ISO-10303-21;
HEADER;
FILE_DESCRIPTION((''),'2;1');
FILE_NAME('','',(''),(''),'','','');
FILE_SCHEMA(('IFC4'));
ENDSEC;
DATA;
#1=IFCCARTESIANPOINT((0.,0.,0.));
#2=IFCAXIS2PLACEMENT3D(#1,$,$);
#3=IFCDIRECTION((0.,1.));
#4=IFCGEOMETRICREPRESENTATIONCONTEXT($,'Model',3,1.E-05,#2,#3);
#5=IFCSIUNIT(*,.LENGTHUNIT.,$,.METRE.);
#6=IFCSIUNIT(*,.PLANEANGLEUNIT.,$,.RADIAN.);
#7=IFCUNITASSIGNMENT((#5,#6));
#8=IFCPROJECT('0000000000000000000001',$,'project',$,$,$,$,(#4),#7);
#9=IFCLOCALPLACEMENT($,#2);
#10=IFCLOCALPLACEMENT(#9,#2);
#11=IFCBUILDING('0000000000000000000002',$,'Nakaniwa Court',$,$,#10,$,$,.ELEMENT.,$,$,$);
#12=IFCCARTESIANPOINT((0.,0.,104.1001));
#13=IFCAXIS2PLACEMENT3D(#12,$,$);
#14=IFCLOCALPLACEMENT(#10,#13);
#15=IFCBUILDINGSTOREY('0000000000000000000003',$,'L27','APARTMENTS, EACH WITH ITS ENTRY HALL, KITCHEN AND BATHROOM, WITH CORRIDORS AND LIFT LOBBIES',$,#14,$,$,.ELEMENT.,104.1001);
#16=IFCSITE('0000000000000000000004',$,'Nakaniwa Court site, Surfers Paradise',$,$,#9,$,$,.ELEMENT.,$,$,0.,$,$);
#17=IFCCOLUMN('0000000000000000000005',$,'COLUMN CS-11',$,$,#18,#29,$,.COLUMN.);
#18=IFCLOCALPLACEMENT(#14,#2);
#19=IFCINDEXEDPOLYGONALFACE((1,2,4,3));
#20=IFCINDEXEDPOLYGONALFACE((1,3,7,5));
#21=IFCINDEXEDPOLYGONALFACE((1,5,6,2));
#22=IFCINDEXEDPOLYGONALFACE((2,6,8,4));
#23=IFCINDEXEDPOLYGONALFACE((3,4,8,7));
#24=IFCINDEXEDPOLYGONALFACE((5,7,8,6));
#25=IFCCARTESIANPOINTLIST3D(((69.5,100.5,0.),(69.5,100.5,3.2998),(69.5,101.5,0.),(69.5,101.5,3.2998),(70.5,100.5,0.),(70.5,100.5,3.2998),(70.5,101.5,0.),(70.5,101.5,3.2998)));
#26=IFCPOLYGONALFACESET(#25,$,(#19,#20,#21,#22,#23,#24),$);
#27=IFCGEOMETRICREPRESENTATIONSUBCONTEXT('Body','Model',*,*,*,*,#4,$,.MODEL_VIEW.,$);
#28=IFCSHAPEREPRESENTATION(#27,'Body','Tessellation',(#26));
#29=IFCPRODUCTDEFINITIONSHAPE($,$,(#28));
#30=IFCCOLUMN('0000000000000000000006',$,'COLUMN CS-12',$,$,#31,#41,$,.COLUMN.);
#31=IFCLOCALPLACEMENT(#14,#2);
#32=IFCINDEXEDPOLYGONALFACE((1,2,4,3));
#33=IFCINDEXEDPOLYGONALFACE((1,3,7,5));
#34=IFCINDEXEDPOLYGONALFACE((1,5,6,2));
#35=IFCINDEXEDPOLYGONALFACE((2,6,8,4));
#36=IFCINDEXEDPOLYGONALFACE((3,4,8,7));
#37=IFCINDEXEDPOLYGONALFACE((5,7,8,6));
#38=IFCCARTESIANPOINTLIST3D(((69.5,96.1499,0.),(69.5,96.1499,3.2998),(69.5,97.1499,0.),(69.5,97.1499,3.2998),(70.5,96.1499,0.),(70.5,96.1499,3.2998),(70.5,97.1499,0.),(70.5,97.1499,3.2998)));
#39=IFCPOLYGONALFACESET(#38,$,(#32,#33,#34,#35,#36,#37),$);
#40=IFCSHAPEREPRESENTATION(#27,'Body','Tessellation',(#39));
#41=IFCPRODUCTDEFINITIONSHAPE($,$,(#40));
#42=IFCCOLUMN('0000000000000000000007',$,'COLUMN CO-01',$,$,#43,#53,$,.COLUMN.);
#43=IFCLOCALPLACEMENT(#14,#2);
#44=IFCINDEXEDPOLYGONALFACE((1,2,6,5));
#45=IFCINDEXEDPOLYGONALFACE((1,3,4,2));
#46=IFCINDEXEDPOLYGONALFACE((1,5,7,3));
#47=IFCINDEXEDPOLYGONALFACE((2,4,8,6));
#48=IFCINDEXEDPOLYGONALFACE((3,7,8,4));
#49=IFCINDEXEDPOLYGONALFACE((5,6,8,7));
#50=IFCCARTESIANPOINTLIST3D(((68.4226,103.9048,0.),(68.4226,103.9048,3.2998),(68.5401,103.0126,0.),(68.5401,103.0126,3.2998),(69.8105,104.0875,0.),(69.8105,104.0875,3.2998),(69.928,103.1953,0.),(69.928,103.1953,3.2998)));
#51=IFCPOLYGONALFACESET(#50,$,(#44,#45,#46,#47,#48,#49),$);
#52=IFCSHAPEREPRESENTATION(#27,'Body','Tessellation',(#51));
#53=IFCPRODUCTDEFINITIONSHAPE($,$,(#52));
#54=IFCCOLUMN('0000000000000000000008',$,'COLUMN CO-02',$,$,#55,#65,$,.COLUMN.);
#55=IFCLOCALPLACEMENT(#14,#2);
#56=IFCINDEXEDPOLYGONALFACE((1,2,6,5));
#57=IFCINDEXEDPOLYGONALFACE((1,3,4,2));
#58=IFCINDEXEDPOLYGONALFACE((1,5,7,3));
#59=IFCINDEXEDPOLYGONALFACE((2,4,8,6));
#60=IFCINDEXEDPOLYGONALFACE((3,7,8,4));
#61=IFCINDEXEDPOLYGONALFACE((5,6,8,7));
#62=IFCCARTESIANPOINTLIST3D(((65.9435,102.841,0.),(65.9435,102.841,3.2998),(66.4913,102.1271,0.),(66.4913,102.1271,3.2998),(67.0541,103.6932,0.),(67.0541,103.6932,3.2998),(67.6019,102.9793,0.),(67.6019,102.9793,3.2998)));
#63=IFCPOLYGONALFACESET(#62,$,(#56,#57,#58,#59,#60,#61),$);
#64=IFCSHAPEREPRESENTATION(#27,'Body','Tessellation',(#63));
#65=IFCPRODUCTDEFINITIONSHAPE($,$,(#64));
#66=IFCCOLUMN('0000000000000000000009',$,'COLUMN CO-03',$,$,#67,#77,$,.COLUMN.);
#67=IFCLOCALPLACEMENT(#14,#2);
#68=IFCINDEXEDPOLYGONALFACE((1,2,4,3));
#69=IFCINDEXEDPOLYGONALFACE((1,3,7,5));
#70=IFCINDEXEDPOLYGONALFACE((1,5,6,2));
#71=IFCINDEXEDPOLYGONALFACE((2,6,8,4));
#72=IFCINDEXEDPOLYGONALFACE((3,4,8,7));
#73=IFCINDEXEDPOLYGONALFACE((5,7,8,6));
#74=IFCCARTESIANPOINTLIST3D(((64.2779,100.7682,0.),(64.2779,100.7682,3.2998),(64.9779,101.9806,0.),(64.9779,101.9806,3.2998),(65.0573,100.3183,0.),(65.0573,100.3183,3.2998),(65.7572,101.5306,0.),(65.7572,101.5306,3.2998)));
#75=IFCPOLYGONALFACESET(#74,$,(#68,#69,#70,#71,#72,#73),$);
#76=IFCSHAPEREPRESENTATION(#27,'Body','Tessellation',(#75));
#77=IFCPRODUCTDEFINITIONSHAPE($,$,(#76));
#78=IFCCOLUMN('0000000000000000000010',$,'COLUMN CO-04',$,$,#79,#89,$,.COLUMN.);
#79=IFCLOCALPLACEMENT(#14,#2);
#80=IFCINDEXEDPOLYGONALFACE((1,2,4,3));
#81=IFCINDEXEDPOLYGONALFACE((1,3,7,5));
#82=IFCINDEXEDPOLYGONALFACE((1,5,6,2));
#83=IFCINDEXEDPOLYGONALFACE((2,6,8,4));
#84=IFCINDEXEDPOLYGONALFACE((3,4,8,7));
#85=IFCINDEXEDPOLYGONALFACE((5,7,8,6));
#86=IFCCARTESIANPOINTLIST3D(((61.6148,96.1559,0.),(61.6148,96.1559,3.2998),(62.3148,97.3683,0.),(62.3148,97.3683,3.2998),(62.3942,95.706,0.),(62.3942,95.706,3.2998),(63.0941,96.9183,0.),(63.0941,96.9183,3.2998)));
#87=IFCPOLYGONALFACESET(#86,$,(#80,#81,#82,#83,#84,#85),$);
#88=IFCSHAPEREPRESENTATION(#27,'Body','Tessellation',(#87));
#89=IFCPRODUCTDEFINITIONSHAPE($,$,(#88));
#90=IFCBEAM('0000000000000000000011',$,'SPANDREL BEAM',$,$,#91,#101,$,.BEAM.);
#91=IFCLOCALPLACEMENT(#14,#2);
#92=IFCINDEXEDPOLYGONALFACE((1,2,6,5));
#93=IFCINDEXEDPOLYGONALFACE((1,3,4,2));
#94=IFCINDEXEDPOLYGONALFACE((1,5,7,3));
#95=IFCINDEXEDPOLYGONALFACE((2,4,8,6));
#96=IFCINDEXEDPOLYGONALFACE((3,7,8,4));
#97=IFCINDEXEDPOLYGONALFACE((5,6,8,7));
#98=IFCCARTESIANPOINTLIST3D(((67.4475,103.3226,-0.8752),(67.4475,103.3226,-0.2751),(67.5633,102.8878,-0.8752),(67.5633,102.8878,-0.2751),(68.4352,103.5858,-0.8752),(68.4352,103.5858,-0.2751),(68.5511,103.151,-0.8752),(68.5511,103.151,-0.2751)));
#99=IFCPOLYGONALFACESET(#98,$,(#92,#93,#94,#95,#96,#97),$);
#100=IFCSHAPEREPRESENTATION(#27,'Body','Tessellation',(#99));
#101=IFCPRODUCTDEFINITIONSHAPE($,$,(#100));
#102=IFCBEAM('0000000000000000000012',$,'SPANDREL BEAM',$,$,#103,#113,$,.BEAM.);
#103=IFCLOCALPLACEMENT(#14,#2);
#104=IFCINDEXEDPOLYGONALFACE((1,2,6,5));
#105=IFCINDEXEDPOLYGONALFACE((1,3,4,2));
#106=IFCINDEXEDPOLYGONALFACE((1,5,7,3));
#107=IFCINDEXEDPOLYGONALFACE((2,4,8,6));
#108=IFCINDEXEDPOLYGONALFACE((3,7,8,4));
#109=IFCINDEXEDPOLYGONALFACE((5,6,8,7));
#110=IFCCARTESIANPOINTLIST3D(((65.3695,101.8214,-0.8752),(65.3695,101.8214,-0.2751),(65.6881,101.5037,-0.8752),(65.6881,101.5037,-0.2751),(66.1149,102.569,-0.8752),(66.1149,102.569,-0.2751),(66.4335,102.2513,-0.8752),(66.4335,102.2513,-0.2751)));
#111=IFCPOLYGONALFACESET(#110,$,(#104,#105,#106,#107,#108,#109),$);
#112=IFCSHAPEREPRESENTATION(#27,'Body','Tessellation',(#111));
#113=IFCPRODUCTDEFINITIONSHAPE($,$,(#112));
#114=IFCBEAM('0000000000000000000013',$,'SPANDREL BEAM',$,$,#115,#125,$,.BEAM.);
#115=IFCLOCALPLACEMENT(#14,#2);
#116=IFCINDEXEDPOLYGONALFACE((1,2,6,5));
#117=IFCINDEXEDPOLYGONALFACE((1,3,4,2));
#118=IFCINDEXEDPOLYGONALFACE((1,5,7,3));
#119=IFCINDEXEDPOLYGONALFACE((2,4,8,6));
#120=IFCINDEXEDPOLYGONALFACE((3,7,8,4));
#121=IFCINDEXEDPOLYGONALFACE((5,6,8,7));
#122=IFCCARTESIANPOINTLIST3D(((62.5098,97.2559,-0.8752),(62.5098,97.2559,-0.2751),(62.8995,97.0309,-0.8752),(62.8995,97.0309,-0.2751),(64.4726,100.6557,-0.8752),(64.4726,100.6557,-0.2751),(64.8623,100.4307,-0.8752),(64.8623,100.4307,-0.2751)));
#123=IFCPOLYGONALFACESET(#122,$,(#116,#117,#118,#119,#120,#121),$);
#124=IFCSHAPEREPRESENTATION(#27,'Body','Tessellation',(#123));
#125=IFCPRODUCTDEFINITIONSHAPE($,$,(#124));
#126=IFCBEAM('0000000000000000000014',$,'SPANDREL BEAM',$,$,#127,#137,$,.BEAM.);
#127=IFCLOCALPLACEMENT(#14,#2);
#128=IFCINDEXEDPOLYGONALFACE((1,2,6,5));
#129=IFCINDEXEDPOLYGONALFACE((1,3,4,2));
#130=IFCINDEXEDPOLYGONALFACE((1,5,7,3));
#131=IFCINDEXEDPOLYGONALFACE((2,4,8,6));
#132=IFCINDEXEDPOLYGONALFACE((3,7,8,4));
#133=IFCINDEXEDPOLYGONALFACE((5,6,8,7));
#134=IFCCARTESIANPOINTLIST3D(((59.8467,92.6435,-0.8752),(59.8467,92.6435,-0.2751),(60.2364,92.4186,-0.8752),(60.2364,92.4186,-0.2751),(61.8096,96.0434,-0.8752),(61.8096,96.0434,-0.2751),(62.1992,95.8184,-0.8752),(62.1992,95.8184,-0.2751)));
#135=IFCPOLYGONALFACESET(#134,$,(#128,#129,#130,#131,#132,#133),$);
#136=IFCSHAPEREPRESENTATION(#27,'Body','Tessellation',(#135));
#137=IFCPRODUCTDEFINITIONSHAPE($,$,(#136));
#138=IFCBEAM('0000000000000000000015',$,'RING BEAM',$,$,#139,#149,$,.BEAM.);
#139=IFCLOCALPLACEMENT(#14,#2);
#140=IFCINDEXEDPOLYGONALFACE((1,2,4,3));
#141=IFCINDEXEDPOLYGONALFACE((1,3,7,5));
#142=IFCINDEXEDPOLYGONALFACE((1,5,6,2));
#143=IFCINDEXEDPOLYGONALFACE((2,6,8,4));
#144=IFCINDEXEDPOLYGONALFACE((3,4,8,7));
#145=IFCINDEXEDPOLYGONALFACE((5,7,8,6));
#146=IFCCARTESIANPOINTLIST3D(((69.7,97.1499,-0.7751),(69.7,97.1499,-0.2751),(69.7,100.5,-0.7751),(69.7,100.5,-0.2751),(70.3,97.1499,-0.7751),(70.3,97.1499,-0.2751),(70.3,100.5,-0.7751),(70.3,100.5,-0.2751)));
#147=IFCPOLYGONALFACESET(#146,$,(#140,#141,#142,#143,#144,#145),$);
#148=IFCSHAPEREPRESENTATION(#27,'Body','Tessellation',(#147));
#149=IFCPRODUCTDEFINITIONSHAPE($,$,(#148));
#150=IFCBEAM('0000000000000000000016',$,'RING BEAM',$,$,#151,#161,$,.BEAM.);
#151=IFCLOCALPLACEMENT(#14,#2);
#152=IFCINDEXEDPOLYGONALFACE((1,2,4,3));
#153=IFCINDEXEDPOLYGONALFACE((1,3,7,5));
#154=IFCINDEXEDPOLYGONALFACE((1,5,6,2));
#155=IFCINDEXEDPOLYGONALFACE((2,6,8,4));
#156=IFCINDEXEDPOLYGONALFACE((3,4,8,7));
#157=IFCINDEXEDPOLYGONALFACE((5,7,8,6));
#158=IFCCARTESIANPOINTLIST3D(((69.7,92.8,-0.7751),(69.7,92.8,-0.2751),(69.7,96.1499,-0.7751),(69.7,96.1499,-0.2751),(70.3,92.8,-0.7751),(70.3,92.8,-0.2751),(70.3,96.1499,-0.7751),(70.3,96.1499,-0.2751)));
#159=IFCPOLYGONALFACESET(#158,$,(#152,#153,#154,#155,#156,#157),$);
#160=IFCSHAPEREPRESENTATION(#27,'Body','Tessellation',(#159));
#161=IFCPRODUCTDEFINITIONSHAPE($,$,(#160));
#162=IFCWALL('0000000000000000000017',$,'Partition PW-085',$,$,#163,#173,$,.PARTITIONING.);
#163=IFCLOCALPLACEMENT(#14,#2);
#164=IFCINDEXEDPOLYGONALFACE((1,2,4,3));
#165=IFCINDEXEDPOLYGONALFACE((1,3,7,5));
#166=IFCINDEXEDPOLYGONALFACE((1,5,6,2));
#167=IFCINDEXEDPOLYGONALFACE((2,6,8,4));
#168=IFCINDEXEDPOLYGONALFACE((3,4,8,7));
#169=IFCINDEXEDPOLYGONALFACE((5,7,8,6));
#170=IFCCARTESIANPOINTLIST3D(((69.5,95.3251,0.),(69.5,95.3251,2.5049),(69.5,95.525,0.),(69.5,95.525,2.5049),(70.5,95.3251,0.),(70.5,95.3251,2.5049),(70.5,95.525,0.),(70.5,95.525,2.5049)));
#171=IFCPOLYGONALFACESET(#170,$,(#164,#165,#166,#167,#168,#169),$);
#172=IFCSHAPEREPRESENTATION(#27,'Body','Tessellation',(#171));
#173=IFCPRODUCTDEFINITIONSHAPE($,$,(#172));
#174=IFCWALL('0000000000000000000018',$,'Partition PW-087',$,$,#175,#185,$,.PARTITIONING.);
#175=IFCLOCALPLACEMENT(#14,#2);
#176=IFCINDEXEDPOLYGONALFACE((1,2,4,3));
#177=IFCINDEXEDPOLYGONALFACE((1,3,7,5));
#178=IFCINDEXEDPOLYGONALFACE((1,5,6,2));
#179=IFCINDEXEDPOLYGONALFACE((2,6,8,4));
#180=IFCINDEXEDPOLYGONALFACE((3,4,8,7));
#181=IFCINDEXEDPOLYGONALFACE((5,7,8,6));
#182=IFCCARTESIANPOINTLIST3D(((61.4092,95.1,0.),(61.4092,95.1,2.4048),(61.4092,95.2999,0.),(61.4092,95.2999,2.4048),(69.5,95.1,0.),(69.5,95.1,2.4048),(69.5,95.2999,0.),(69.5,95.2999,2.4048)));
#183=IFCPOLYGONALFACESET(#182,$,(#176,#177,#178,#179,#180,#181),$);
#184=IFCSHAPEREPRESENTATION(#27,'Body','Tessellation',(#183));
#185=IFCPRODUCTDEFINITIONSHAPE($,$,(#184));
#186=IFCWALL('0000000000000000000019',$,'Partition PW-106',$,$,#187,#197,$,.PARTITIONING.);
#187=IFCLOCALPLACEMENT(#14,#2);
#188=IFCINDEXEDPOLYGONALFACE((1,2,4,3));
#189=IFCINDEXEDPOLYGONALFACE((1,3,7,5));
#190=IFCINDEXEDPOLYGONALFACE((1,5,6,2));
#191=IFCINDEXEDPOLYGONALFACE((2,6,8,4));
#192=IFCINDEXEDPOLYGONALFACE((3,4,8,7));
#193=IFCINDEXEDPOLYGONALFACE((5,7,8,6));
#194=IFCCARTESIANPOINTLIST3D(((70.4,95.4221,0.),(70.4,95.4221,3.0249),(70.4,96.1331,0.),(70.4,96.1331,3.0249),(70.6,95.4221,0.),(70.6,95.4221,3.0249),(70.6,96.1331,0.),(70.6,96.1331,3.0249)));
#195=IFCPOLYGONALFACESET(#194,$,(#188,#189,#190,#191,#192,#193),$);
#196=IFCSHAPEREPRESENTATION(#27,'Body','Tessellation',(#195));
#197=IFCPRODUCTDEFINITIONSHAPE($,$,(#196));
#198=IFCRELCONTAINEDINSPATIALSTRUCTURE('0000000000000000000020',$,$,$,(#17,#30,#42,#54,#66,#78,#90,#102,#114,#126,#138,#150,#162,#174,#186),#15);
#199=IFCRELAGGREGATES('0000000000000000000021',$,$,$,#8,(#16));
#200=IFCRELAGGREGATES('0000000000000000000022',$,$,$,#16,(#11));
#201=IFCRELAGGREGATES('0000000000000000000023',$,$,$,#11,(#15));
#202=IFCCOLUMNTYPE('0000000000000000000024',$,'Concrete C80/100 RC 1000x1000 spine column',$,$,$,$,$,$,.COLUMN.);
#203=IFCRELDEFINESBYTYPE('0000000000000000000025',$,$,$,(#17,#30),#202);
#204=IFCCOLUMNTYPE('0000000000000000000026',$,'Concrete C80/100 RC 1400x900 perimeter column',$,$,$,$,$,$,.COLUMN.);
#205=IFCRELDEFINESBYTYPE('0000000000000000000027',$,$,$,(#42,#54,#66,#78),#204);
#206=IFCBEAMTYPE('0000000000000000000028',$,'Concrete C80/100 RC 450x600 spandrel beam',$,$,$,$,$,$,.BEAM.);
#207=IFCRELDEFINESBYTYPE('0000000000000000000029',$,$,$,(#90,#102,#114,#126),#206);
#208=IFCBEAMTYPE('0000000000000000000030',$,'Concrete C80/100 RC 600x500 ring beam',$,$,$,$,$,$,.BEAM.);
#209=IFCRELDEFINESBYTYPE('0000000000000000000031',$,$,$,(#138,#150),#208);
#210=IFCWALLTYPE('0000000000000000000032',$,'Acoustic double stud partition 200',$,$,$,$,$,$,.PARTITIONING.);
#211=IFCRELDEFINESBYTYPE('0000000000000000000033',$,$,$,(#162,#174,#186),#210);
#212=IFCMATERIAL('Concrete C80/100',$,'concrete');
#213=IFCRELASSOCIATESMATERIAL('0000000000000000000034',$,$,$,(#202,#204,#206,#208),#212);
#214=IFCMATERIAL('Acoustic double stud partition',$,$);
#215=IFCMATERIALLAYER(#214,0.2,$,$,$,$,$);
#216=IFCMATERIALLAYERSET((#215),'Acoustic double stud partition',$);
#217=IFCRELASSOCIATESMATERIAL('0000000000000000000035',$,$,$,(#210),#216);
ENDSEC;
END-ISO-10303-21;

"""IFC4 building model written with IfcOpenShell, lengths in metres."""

from ifc_helpers import new_model, si_unit, direction, frame, frame_2d, origin, origin_2d, place, context, subcontext, project, spatial, rectangle, extrude, material, layer, layer_set, material_profile, profile_set, type_object, element, save


model = new_model("IFC4")

# Units and contexts
model_context = context("Model", 3, precision=1e-05, world=origin(), true_north=direction((0.0, 1.0)))
body_context = subcontext(model_context, "Body", "Model", "MODEL_VIEW")
ifc_project = project(units=[si_unit("LENGTHUNIT", "METRE"), si_unit("PLANEANGLEUNIT", "RADIAN")], contexts=[model_context])

# Site, building, storey
site_placement = place(None, origin())
site = spatial("IfcSite", under=ifc_project, at=site_placement, Name="Nakaniwa Court site, Surfers Paradise", CompositionType="ELEMENT", RefElevation=0.0)
building_placement = place(site_placement, origin())
building = spatial("IfcBuilding", under=site, at=building_placement, Name="Nakaniwa Court", CompositionType="ELEMENT")
storey_placement = place(building_placement, frame((0.0, 0.0, 104.1001)))
storey = spatial("IfcBuildingStorey", under=building, at=storey_placement, Name="L27", Description="APARTMENTS, EACH WITH ITS ENTRY HALL, KITCHEN AND BATHROOM, WITH CORRIDORS AND LIFT LOBBIES", CompositionType="ELEMENT", Elevation=104.1001)

# Columns
ifc_material_1 = material(Name="Concrete C80/100", Category="concrete")
ifc_material_profile_1 = material_profile(ifc_material_1, rectangle(XDim=1.0, YDim=1.0, at=origin_2d()), Name="Concrete C80/100 RC 1000x1000 spine column")
ifc_profile_set_1 = profile_set([ifc_material_profile_1], Name="Concrete C80/100")
column_type_1 = type_object("IfcColumnType", Name="Concrete C80/100 RC 1000x1000 spine column", PredefinedType="COLUMN", material=ifc_profile_set_1)
for number, where, z_axis, x_axis, name in (
    (1, (70.0, 101.0, 0.0), (0.0, 0.0, 1.0), (0.0, -1.0, 0.0), "COLUMN CS-11"),
    (2, (70.0, 96.6499, 0.0), (0.0, 0.0, 1.0), (0.0, -1.0, 0.0), "COLUMN CS-12"),
):
    element("IfcColumn", number, at=place(storey_placement, frame(where, z_axis=z_axis, x_axis=x_axis)), inside=storey, type_object=column_type_1, Name=name, PredefinedType="COLUMN", context=body_context, shape_type="SweptSolid", body=[
        extrude(rectangle(XDim=1.0, YDim=1.0, at=origin_2d()), origin(), (0.0, 0.0, 1.0), 3.2998),
    ])
ifc_material_profile_2 = material_profile(ifc_material_1, rectangle(XDim=1.3999, YDim=0.8999, at=origin_2d()), Name="Concrete C80/100 RC 1400x900 perimeter column")
ifc_profile_set_2 = profile_set([ifc_material_profile_2], Name="Concrete C80/100")
column_type_2 = type_object("IfcColumnType", Name="Concrete C80/100 RC 1400x900 perimeter column", PredefinedType="COLUMN", material=ifc_profile_set_2)
for number, where, z_axis, x_axis, name in (
    (3, (69.1753, 103.55, 0.0), (0.0, 0.0, 1.0), (-0.991443, -0.130543, 0.0), "COLUMN CO-01"),
    (4, (66.7727, 102.9102, 0.0), (0.0, 0.0, 1.0), (-0.793364, -0.608748, 0.0), "COLUMN CO-02"),
    (5, (65.0176, 101.1494, 0.0), (0.0, 0.0, 1.0), (-0.5, -0.866025, 0.0), "COLUMN CO-03"),
    (6, (62.3545, 96.5371, 0.0), (0.0, 0.0, 1.0), (-0.5, -0.866025, 0.0), "COLUMN CO-04"),
):
    element("IfcColumn", number, at=place(storey_placement, frame(where, z_axis=z_axis, x_axis=x_axis)), inside=storey, type_object=column_type_2, Name=name, PredefinedType="COLUMN", context=body_context, shape_type="SweptSolid", body=[
        extrude(rectangle(XDim=1.3999, YDim=0.8999, at=origin_2d()), origin(), (0.0, 0.0, 1.0), 3.2998),
    ])

# Beams
ifc_material_profile_3 = material_profile(ifc_material_1, rectangle(XDim=0.45, YDim=0.6001, at=origin_2d()), Name="Concrete C80/100 RC 450x600 spandrel beam")
ifc_profile_set_3 = profile_set([ifc_material_profile_3], Name="Concrete C80/100")
beam_type_1 = type_object("IfcBeamType", Name="Concrete C80/100 RC 450x600 spandrel beam", PredefinedType="BEAM", material=ifc_profile_set_3)
beam_1_placement = place(storey_placement, frame((68.4932, 103.3684, -0.5752), z_axis=(-0.96629, -0.257455, 0.0), x_axis=(0.257455, -0.96629, 0.0)))
element("IfcBeam", 7, at=beam_1_placement, inside=storey, type_object=beam_type_1, Name="SPANDREL BEAM", PredefinedType="BEAM", context=body_context, shape_type="SweptSolid", body=[
    extrude(rectangle(XDim=0.45, YDim=0.6001, at=origin_2d()), origin(), (0.0, 0.0, 1.0), 1.0222),
])
beam_2_placement = place(storey_placement, frame((66.2742, 102.4102, -0.5752), z_axis=(-0.706065, -0.708147, 0.0), x_axis=(0.708147, -0.706065, 0.0)))
element("IfcBeam", 8, at=beam_2_placement, inside=storey, type_object=beam_type_1, Name="SPANDREL BEAM", PredefinedType="BEAM", context=body_context, shape_type="SweptSolid", body=[
    extrude(rectangle(XDim=0.45, YDim=0.6001, at=origin_2d()), origin(), (0.0, 0.0, 1.0), 1.0557),
])
for number, where, z_axis, x_axis, name in (
    (9, (64.6675, 100.5432, -0.5752), (-0.499992, -0.86603, 0.0), (0.86603, -0.499992, 0.0), "SPANDREL BEAM"),
    (10, (62.0044, 95.9309, -0.5752), (-0.499992, -0.86603, 0.0), (0.86603, -0.499992, 0.0), "SPANDREL BEAM"),
):
    element("IfcBeam", number, at=place(storey_placement, frame(where, z_axis=z_axis, x_axis=x_axis)), inside=storey, type_object=beam_type_1, Name=name, PredefinedType="BEAM", context=body_context, shape_type="SweptSolid", body=[
        extrude(rectangle(XDim=0.45, YDim=0.6001, at=origin_2d()), origin(), (0.0, 0.0, 1.0), 3.9258),
    ])
ifc_material_profile_4 = material_profile(ifc_material_1, rectangle(XDim=0.6001, YDim=0.5, at=origin_2d()), Name="Concrete C80/100 RC 600x500 ring beam")
ifc_profile_set_4 = profile_set([ifc_material_profile_4], Name="Concrete C80/100")
beam_type_2 = type_object("IfcBeamType", Name="Concrete C80/100 RC 600x500 ring beam", PredefinedType="BEAM", material=ifc_profile_set_4)
beam_3_placement = place(storey_placement, frame((70.0, 100.5, -0.5251), z_axis=(0.0, -1.0, 0.0), x_axis=(1.0, 0.0, 0.0)))
element("IfcBeam", 11, at=beam_3_placement, inside=storey, type_object=beam_type_2, Name="RING BEAM", PredefinedType="BEAM", context=body_context, shape_type="SweptSolid", body=[
    extrude(rectangle(XDim=0.6001, YDim=0.5, at=origin_2d()), origin(), (0.0, 0.0, 1.0), 3.3501),
])
beam_4_placement = place(storey_placement, frame((70.0, 96.1499, -0.5251), z_axis=(0.0, -1.0, 0.0), x_axis=(1.0, 0.0, 0.0)))
element("IfcBeam", 12, at=beam_4_placement, inside=storey, type_object=beam_type_2, Name="RING BEAM", PredefinedType="BEAM", context=body_context, shape_type="SweptSolid", body=[
    extrude(rectangle(XDim=0.6001, YDim=0.5, at=origin_2d()), origin(), (0.0, 0.0, 1.0), 3.3499),
])

# Walls
ifc_material_2 = material(Name="Acoustic double stud partition")
ifc_layer_1 = layer(ifc_material_2, 0.2)
ifc_layer_set_1 = layer_set([ifc_layer_1], Name="Acoustic double stud partition")
wall_type_1 = type_object("IfcWallType", Name="Acoustic double stud partition 200", PredefinedType="PARTITIONING", material=ifc_layer_set_1)
wall_1_placement = place(storey_placement, frame((69.5, 95.425, 0.0), z_axis=(0.0, 0.0, 1.0), x_axis=(1.0, 0.0, 0.0)))
element("IfcWall", 13, at=wall_1_placement, inside=storey, type_object=wall_type_1, Name="Partition PW-085", PredefinedType="PARTITIONING", context=body_context, shape_type="SweptSolid", body=[
    extrude(rectangle(XDim=1.0, YDim=0.2, at=frame_2d((0.5, 0.0))), origin(), (0.0, 0.0, 1.0), 2.5049),
])
wall_2_placement = place(storey_placement, frame((61.4092, 95.2, 0.0), z_axis=(0.0, 0.0, 1.0), x_axis=(1.0, 0.0, 0.0)))
element("IfcWall", 14, at=wall_2_placement, inside=storey, type_object=wall_type_1, Name="Partition PW-087", PredefinedType="PARTITIONING", context=body_context, shape_type="SweptSolid", body=[
    extrude(rectangle(XDim=8.0908, YDim=0.2, at=frame_2d((4.0454, 0.0))), origin(), (0.0, 0.0, 1.0), 2.4048),
])
wall_3_placement = place(storey_placement, frame((70.5, 95.4221, 0.0), z_axis=(0.0, 0.0, 1.0), x_axis=(0.0, 1.0, 0.0)))
element("IfcWall", 15, at=wall_3_placement, inside=storey, type_object=wall_type_1, Name="Partition PW-106", PredefinedType="PARTITIONING", context=body_context, shape_type="SweptSolid", body=[
    extrude(rectangle(XDim=0.7109, YDim=0.2, at=frame_2d((0.3555, 0.0))), origin(), (0.0, 0.0, 1.0), 3.0249),
])

save(model, "model.ifc")
